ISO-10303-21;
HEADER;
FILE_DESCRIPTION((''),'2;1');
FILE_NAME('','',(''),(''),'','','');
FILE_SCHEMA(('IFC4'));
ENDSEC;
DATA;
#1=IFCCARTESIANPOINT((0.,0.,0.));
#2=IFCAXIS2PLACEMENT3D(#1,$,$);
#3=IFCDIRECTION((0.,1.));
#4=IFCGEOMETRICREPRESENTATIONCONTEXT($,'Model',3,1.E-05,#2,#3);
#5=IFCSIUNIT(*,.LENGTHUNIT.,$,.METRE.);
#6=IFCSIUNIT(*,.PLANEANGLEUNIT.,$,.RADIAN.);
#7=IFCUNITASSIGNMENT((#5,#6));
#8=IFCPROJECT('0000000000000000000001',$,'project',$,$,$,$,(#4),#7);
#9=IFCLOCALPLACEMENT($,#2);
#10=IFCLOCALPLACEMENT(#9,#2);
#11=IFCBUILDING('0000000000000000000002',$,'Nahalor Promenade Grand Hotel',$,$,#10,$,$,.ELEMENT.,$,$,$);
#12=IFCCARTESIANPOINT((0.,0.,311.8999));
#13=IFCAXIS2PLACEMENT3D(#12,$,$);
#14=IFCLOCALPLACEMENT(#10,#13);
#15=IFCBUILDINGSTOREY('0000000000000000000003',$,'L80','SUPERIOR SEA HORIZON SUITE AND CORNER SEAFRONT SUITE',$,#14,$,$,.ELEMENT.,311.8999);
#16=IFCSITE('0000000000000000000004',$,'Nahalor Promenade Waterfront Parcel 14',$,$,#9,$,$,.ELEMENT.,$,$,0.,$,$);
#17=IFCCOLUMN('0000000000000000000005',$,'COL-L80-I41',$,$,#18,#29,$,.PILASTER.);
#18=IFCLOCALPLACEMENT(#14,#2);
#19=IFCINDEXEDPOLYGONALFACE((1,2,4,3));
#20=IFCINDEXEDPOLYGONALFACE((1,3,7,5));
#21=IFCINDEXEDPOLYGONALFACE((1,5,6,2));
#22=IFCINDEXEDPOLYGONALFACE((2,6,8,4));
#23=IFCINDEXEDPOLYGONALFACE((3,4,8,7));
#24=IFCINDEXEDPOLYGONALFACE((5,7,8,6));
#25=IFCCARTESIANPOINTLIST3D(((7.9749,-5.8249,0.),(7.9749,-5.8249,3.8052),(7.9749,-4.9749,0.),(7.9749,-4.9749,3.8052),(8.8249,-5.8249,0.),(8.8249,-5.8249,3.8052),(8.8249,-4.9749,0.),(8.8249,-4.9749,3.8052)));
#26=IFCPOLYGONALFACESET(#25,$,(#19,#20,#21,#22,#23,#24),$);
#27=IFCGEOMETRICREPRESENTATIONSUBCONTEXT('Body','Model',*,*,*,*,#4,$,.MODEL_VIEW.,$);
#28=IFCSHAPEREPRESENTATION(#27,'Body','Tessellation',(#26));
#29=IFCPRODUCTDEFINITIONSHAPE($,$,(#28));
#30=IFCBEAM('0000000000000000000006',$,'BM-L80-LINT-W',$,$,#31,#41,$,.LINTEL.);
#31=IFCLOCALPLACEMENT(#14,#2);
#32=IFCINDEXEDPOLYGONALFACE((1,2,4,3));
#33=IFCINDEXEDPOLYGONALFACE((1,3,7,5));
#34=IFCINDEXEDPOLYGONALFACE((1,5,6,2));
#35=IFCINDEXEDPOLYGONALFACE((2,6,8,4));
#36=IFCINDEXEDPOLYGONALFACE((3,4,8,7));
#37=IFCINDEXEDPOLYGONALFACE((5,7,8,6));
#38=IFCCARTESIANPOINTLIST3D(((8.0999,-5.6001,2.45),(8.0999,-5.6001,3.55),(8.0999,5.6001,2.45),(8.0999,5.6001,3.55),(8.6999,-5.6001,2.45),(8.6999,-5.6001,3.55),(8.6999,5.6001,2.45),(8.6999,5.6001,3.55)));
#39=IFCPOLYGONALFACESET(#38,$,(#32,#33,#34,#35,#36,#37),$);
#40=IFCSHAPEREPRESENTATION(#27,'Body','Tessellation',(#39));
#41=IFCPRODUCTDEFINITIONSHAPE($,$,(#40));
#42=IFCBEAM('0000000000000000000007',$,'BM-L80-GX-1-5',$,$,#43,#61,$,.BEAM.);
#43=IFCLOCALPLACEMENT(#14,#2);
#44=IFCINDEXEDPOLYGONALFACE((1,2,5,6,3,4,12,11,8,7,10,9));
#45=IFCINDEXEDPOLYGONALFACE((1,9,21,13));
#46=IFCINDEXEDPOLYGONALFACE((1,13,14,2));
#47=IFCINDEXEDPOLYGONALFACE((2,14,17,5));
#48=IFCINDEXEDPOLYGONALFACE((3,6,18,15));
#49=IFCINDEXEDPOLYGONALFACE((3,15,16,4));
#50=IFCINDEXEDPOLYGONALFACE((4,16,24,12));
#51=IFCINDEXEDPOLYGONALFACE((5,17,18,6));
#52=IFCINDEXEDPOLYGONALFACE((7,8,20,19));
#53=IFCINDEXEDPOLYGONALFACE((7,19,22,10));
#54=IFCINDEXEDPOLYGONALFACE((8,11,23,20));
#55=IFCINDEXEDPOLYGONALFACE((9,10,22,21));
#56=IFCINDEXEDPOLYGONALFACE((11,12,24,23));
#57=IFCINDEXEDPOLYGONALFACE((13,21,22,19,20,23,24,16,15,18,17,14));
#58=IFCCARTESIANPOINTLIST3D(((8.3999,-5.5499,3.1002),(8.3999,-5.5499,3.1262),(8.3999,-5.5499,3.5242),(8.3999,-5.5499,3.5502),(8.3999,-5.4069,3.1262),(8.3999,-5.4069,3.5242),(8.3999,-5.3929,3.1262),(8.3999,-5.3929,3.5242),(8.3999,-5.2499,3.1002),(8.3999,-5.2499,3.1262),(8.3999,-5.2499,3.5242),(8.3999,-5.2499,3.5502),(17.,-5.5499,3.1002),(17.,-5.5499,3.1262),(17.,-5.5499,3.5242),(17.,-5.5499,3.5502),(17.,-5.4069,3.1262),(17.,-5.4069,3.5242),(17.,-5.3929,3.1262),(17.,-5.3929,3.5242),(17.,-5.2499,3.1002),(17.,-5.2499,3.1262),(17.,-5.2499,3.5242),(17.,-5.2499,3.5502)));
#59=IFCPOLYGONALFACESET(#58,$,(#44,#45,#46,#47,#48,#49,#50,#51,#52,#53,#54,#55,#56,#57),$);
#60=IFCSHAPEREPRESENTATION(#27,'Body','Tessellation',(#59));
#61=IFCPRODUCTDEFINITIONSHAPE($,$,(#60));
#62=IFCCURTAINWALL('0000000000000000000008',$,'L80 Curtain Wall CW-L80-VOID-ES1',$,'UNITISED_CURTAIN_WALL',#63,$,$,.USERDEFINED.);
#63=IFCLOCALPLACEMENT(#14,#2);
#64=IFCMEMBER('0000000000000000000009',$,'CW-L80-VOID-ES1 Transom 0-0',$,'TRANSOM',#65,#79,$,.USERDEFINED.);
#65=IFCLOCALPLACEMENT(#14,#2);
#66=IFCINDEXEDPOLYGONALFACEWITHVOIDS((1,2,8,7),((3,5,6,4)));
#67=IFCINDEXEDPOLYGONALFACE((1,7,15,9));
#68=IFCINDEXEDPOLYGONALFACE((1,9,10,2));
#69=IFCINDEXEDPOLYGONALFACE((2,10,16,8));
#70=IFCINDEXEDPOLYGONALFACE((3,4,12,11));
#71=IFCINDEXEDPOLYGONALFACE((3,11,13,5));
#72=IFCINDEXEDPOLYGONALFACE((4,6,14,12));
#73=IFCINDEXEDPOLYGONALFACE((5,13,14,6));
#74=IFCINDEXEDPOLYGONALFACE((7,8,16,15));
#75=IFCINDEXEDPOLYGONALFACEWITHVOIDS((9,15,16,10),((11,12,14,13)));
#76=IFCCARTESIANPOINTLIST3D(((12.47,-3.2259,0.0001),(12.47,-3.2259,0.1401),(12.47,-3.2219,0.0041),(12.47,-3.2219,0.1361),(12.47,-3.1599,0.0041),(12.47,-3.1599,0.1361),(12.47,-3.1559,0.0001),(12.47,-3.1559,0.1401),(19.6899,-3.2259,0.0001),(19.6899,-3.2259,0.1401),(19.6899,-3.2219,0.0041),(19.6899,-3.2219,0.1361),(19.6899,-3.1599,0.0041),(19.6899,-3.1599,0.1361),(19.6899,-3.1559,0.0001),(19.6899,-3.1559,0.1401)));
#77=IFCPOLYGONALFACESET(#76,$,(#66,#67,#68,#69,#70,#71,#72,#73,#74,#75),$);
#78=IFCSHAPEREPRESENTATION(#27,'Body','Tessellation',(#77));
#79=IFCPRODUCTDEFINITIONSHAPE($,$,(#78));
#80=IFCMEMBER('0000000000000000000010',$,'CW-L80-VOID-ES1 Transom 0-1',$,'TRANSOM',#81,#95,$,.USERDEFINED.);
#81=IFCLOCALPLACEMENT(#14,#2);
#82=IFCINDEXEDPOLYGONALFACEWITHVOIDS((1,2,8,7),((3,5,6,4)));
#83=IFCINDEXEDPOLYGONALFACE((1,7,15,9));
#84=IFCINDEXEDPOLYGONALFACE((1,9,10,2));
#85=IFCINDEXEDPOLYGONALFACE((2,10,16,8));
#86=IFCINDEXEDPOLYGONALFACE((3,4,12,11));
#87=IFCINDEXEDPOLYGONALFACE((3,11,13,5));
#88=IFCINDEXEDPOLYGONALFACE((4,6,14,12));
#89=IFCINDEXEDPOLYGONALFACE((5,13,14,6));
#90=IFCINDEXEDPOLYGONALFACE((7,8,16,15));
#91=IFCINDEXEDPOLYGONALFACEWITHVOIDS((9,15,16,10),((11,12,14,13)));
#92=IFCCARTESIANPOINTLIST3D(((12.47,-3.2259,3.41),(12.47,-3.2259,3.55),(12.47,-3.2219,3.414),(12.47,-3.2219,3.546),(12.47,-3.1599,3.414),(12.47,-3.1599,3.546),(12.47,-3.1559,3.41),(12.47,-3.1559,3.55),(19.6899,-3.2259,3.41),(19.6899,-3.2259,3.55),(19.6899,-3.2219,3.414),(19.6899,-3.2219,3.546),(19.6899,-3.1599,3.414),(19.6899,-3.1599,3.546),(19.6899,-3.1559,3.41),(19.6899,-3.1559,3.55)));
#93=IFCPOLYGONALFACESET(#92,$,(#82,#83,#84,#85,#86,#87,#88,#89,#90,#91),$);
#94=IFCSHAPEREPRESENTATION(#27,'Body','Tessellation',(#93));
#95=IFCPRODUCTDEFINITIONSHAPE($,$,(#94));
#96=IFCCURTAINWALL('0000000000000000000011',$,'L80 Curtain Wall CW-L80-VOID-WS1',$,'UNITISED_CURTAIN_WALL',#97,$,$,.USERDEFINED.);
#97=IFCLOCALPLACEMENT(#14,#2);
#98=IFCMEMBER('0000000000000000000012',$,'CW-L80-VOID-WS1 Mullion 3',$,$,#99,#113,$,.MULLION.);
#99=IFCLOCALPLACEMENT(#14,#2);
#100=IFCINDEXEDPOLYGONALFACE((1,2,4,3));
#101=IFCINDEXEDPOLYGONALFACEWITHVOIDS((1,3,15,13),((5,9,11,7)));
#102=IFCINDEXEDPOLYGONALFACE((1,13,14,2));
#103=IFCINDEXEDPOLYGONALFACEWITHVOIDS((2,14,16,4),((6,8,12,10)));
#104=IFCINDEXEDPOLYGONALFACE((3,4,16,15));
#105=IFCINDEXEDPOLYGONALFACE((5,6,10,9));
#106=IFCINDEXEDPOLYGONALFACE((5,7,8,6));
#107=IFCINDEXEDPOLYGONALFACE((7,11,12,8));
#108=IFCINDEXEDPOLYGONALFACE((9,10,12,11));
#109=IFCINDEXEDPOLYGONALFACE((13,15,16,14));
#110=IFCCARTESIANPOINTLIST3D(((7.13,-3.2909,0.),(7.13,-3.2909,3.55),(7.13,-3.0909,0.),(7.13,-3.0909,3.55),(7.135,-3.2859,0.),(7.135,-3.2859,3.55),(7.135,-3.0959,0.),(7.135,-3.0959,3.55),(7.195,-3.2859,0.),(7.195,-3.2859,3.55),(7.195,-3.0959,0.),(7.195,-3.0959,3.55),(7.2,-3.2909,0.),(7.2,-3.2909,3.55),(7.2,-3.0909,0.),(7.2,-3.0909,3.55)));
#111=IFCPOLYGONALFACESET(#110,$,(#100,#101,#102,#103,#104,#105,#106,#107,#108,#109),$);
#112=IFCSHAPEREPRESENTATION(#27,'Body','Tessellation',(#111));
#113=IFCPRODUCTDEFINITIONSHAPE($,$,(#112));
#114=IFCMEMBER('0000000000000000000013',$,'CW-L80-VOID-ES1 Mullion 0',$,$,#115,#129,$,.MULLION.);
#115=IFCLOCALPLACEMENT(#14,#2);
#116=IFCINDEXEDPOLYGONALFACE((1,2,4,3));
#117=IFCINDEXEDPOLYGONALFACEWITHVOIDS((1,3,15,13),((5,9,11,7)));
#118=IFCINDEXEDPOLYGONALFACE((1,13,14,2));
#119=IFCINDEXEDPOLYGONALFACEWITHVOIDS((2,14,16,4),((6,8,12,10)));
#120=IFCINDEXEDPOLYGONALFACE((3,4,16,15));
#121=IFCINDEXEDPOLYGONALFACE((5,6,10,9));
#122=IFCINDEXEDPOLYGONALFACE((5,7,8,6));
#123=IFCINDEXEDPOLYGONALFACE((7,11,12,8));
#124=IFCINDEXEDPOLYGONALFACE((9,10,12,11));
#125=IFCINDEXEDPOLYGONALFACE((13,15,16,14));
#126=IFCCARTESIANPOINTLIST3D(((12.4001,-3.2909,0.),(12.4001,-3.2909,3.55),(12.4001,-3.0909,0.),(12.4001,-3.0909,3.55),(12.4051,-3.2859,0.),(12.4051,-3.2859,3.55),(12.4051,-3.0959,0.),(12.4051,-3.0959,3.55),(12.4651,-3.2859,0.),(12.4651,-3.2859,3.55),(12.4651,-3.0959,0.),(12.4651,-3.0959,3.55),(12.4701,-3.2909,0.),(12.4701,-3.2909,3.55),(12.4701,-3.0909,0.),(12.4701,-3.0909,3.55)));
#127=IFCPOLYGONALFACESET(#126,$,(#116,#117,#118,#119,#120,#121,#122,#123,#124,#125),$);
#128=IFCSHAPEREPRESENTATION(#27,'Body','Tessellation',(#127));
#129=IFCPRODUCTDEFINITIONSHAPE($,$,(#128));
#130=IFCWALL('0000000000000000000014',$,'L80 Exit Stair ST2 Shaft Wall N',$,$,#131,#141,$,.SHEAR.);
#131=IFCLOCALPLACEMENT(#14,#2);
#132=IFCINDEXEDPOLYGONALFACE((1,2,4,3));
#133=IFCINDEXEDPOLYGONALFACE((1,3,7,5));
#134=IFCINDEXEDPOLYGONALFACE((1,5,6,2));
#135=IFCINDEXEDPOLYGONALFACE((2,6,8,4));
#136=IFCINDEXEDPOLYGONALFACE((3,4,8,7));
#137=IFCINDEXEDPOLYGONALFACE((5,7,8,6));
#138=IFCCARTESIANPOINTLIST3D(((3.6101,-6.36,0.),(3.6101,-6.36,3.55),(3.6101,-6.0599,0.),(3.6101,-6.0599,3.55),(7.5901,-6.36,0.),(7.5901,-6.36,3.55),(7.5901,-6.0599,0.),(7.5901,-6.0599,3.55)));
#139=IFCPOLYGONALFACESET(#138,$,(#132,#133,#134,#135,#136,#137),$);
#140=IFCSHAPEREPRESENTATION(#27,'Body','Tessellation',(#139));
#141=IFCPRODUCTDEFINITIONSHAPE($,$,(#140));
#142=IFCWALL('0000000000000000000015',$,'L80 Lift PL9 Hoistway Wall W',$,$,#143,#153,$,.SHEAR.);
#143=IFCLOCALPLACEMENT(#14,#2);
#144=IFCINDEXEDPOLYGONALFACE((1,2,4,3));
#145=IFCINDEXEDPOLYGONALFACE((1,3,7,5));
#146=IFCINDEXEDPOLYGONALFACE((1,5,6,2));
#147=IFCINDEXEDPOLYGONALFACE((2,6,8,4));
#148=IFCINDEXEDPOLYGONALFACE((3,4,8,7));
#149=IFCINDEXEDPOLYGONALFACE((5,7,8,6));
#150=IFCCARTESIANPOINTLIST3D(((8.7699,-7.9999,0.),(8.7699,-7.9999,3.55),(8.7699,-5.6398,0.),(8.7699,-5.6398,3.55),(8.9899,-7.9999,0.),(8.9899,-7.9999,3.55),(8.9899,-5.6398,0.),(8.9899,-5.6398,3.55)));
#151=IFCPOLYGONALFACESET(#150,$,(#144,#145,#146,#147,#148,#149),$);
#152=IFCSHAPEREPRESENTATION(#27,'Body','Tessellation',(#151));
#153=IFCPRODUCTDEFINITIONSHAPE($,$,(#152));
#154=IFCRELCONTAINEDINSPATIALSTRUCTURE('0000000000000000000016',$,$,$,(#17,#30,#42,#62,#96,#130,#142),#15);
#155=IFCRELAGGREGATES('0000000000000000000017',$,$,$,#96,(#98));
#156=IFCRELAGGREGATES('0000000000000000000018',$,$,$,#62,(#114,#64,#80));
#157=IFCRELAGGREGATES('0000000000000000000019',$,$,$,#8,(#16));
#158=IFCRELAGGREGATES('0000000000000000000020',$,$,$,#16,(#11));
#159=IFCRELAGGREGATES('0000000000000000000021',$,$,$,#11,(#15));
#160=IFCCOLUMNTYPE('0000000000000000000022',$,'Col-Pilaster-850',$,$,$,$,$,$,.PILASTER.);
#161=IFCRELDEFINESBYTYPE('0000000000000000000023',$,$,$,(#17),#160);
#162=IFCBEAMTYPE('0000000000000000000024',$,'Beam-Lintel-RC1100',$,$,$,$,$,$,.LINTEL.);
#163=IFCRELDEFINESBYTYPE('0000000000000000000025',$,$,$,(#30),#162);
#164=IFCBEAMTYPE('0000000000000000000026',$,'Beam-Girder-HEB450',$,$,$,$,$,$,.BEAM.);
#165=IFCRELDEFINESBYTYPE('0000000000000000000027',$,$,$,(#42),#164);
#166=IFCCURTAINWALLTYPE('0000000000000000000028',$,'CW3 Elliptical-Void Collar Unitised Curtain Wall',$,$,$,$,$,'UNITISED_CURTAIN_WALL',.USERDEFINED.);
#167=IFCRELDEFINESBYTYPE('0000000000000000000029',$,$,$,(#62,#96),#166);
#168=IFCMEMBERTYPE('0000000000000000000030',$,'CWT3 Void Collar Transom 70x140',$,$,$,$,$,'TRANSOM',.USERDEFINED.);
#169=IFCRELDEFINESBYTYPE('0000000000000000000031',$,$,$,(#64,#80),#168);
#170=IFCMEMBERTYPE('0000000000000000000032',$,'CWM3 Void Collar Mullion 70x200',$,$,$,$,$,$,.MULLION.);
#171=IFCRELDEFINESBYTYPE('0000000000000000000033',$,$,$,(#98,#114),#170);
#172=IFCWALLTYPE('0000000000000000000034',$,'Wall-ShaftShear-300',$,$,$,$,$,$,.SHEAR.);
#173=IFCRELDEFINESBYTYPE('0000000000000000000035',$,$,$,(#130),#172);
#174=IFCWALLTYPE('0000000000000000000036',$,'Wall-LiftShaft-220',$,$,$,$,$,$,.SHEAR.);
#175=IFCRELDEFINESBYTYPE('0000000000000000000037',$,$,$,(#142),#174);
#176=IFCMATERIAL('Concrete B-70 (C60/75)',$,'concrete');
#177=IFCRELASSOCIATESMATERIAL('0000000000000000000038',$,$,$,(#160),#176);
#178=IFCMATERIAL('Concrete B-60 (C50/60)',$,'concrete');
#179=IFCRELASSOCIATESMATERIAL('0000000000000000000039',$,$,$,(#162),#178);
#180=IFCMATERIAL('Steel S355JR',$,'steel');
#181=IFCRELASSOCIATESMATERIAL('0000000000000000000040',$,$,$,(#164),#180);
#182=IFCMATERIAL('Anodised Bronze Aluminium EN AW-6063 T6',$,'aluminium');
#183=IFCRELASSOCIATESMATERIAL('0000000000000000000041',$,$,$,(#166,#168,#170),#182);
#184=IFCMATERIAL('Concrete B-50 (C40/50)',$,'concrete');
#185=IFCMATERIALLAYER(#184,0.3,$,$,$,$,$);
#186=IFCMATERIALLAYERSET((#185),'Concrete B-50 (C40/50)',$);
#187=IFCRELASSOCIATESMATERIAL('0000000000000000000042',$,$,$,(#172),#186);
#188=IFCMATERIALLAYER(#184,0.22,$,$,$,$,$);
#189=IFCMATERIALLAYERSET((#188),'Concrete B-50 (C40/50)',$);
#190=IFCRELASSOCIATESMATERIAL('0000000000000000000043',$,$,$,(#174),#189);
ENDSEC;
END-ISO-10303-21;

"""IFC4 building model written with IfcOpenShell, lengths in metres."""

from ifc_helpers import new_model, si_unit, direction, frame, frame_2d, origin, origin_2d, place, context, subcontext, project, spatial, rectangle, hollow_rectangle, i_section, extrude, source, transform, mapped, material, layer, layer_set, material_profile, profile_set, type_object, element, aggregate, save


model = new_model("IFC4")

# Units and contexts
model_context = context("Model", 3, precision=1e-05, world=origin(), true_north=direction((0.0, 1.0)))
body_context = subcontext(model_context, "Body", "Model", "MODEL_VIEW")
ifc_project = project(units=[si_unit("LENGTHUNIT", "METRE"), si_unit("PLANEANGLEUNIT", "RADIAN")], contexts=[model_context])

# Site, building, storey
site_placement = place(None, origin())
site = spatial("IfcSite", under=ifc_project, at=site_placement, Name="Nahalor Promenade Waterfront Parcel 14", CompositionType="ELEMENT", RefElevation=0.0)
building_placement = place(site_placement, origin())
building = spatial("IfcBuilding", under=site, at=building_placement, Name="Nahalor Promenade Grand Hotel", CompositionType="ELEMENT")
storey_placement = place(building_placement, frame((0.0, 0.0, 311.8999)))
storey = spatial("IfcBuildingStorey", under=building, at=storey_placement, Name="L80", Description="SUPERIOR SEA HORIZON SUITE AND CORNER SEAFRONT SUITE", CompositionType="ELEMENT", Elevation=311.8999)

# Column
ifc_material_1 = material(Name="Concrete B-70 (C60/75)", Category="concrete")
ifc_material_profile_1 = material_profile(ifc_material_1, rectangle(XDim=0.85, YDim=0.85, at=origin_2d()), Name="RC 850x850")
ifc_profile_set_1 = profile_set([ifc_material_profile_1], Name="Concrete B-70 (C60/75)")
column_type = type_object("IfcColumnType", Name="Col-Pilaster-850", PredefinedType="PILASTER", material=ifc_profile_set_1)
shared_shape_1 = source(origin(), body_context, "Body", "SweptSolid", [
    extrude(rectangle(XDim=0.85, YDim=0.85, at=origin_2d()), origin(), (0.0, 0.0, 1.0), 3.8052),
])
column_placement = place(storey_placement, frame((8.3999, -5.3999, 0.0), z_axis=(0.0, 0.0, 1.0), x_axis=(1.0, 0.0, 0.0)))
element("IfcColumn", 1, at=column_placement, inside=storey, type_object=column_type, Name="COL-L80-I41", PredefinedType="PILASTER", context=body_context, shape_type="MappedRepresentation", body=[
    mapped(shared_shape_1, transform((0.0, 0.0, 0.0), scale=1.0)),
])

# Beams
ifc_material_2 = material(Name="Concrete B-60 (C50/60)", Category="concrete")
ifc_material_profile_2 = material_profile(ifc_material_2, rectangle(XDim=0.6, YDim=1.1, at=origin_2d()), Name="RC 600x1100")
ifc_profile_set_2 = profile_set([ifc_material_profile_2], Name="Concrete B-60 (C50/60)")
beam_type_1 = type_object("IfcBeamType", Name="Beam-Lintel-RC1100", PredefinedType="LINTEL", material=ifc_profile_set_2)
shared_shape_2 = source(origin(), body_context, "Body", "SweptSolid", [
    extrude(rectangle(XDim=0.6, YDim=1.1, at=origin_2d()), origin(), (0.0, 0.0, 1.0), 11.2002),
])
beam_1_placement = place(storey_placement, frame((8.3999, -5.6001, 3.0), z_axis=(0.0, 1.0, 0.0), x_axis=(-1.0, 0.0, 0.0)))
element("IfcBeam", 2, at=beam_1_placement, inside=storey, type_object=beam_type_1, Name="BM-L80-LINT-W", PredefinedType="LINTEL", context=body_context, shape_type="MappedRepresentation", body=[
    mapped(shared_shape_2, transform((0.0, 0.0, 0.0), scale=1.0)),
])
ifc_material_3 = material(Name="Steel S355JR", Category="steel")
ifc_material_profile_3 = material_profile(ifc_material_3, i_section(OverallWidth=0.3, OverallDepth=0.45, WebThickness=0.014, FlangeThickness=0.026, at=origin_2d()), Name="HEB 450")
ifc_profile_set_3 = profile_set([ifc_material_profile_3], Name="Steel S355JR")
beam_type_2 = type_object("IfcBeamType", Name="Beam-Girder-HEB450", PredefinedType="BEAM", material=ifc_profile_set_3)
shared_shape_3 = source(origin(), body_context, "Body", "SweptSolid", [
    extrude(i_section(OverallWidth=0.3, OverallDepth=0.45, WebThickness=0.014, FlangeThickness=0.026, at=origin_2d()), origin(), (0.0, 0.0, 1.0), 8.6001),
])
beam_2_placement = place(storey_placement, frame((8.3999, -5.3999, 3.3252), z_axis=(1.0, 0.0, 0.0), x_axis=(0.0, 1.0, 0.0)))
element("IfcBeam", 3, at=beam_2_placement, inside=storey, type_object=beam_type_2, Name="BM-L80-GX-1-5", PredefinedType="BEAM", context=body_context, shape_type="MappedRepresentation", body=[
    mapped(shared_shape_3, transform((0.0, 0.0, 0.0), scale=1.0)),
])

# Curtain wall, members
ifc_material_4 = material(Name="Anodised Bronze Aluminium EN AW-6063 T6", Category="aluminium")
curtain_wall_type = type_object("IfcCurtainWallType", Name="CW3 Elliptical-Void Collar Unitised Curtain Wall", ElementType="UNITISED_CURTAIN_WALL", PredefinedType="USERDEFINED", material=ifc_material_4)
curtain_wall_1_placement = place(storey_placement, origin())
curtain_wall_1 = element("IfcCurtainWall", 4, at=curtain_wall_1_placement, inside=storey, type_object=curtain_wall_type, Name="L80 Curtain Wall CW-L80-VOID-ES1", ObjectType="UNITISED_CURTAIN_WALL", PredefinedType="USERDEFINED")
ifc_material_profile_4 = material_profile(ifc_material_4, hollow_rectangle(XDim=0.07, YDim=0.14, WallThickness=0.004, at=origin_2d()), Name="CWT 70x140x4")
ifc_profile_set_4 = profile_set([ifc_material_profile_4], Name="Anodised Bronze Aluminium EN AW-6063 T6")
member_type_1 = type_object("IfcMemberType", Name="CWT3 Void Collar Transom 70x140", ElementType="TRANSOM", PredefinedType="USERDEFINED", material=ifc_profile_set_4)
shared_shape_4 = source(origin(), body_context, "Body", "SweptSolid", [
    extrude(hollow_rectangle(XDim=0.07, YDim=0.14, WallThickness=0.004, at=origin_2d()), origin(), (0.0, 0.0, 1.0), 7.22),
])
member_1_placement = place(storey_placement, frame((12.47, -3.1909, 0.0701), z_axis=(1.0, 0.0, 0.0), x_axis=(0.0, 1.0, 0.0)))
member_1 = element("IfcMember", 5, at=member_1_placement, type_object=member_type_1, Name="CW-L80-VOID-ES1 Transom 0-0", ObjectType="TRANSOM", PredefinedType="USERDEFINED", context=body_context, shape_type="MappedRepresentation", body=[
    mapped(shared_shape_4, transform((0.0, 0.0, 0.0), scale=1.0)),
])
member_2_placement = place(storey_placement, frame((12.47, -3.1909, 3.48), z_axis=(1.0, 0.0, 0.0), x_axis=(0.0, 1.0, 0.0)))
member_2 = element("IfcMember", 6, at=member_2_placement, type_object=member_type_1, Name="CW-L80-VOID-ES1 Transom 0-1", ObjectType="TRANSOM", PredefinedType="USERDEFINED", context=body_context, shape_type="MappedRepresentation", body=[
    mapped(shared_shape_4, transform((0.0, 0.0, 0.0), scale=1.0)),
])

# Curtain wall, member
curtain_wall_2_placement = place(storey_placement, origin())
curtain_wall_2 = element("IfcCurtainWall", 7, at=curtain_wall_2_placement, inside=storey, type_object=curtain_wall_type, Name="L80 Curtain Wall CW-L80-VOID-WS1", ObjectType="UNITISED_CURTAIN_WALL", PredefinedType="USERDEFINED")
ifc_material_profile_5 = material_profile(ifc_material_4, hollow_rectangle(XDim=0.07, YDim=0.2, WallThickness=0.005, at=origin_2d()), Name="CWM 70x200x5")
ifc_profile_set_5 = profile_set([ifc_material_profile_5], Name="Anodised Bronze Aluminium EN AW-6063 T6")
member_type_2 = type_object("IfcMemberType", Name="CWM3 Void Collar Mullion 70x200", PredefinedType="MULLION", material=ifc_profile_set_5)
shared_shape_5 = source(origin(), body_context, "Body", "SweptSolid", [
    extrude(hollow_rectangle(XDim=0.07, YDim=0.2, WallThickness=0.005, at=origin_2d()), origin(), (0.0, 0.0, 1.0), 3.55),
])
member_3_placement = place(storey_placement, frame((7.165, -3.1909, 0.0), z_axis=(0.0, 0.0, 1.0), x_axis=(1.0, 0.0, 0.0)))
member_3 = element("IfcMember", 8, at=member_3_placement, type_object=member_type_2, Name="CW-L80-VOID-WS1 Mullion 3", PredefinedType="MULLION", context=body_context, shape_type="MappedRepresentation", body=[
    mapped(shared_shape_5, transform((0.0, 0.0, 0.0), scale=1.0)),
])
aggregate(curtain_wall_2, [member_3])

# Member
member_4_placement = place(storey_placement, frame((12.4351, -3.1909, 0.0), z_axis=(0.0, 0.0, 1.0), x_axis=(1.0, 0.0, 0.0)))
member_4 = element("IfcMember", 9, at=member_4_placement, type_object=member_type_2, Name="CW-L80-VOID-ES1 Mullion 0", PredefinedType="MULLION", context=body_context, shape_type="MappedRepresentation", body=[
    mapped(shared_shape_5, transform((0.0, 0.0, 0.0), scale=1.0)),
])
aggregate(curtain_wall_1, [member_4, member_1, member_2])

# Walls
ifc_material_5 = material(Name="Concrete B-50 (C40/50)", Category="concrete")
ifc_layer_1 = layer(ifc_material_5, 0.3)
ifc_layer_set_1 = layer_set([ifc_layer_1], Name="Concrete B-50 (C40/50)")
wall_type_1 = type_object("IfcWallType", Name="Wall-ShaftShear-300", PredefinedType="SHEAR", material=ifc_layer_set_1)
shared_shape_6 = source(origin(), body_context, "Body", "SweptSolid", [
    extrude(rectangle(XDim=3.98, YDim=0.3, at=frame_2d((1.99, 0.0))), origin(), (0.0, 0.0, 1.0), 3.55),
])
wall_1_placement = place(storey_placement, frame((3.6101, -6.21, 0.0), z_axis=(0.0, 0.0, 1.0), x_axis=(1.0, 0.0, 0.0)))
element("IfcWall", 10, at=wall_1_placement, inside=storey, type_object=wall_type_1, Name="L80 Exit Stair ST2 Shaft Wall N", PredefinedType="SHEAR", context=body_context, shape_type="MappedRepresentation", body=[
    mapped(shared_shape_6, transform((0.0, 0.0, 0.0), scale=1.0)),
])
ifc_layer_2 = layer(ifc_material_5, 0.22)
ifc_layer_set_2 = layer_set([ifc_layer_2], Name="Concrete B-50 (C40/50)")
wall_type_2 = type_object("IfcWallType", Name="Wall-LiftShaft-220", PredefinedType="SHEAR", material=ifc_layer_set_2)
shared_shape_7 = source(origin(), body_context, "Body", "SweptSolid", [
    extrude(rectangle(XDim=2.3601, YDim=0.22, at=frame_2d((1.1802, 0.0))), origin(), (0.0, 0.0, 1.0), 3.55),
])
wall_2_placement = place(storey_placement, frame((8.8799, -8.0, 0.0), z_axis=(0.0, 0.0, 1.0), x_axis=(0.0, 1.0, 0.0)))
element("IfcWall", 11, at=wall_2_placement, inside=storey, type_object=wall_type_2, Name="L80 Lift PL9 Hoistway Wall W", PredefinedType="SHEAR", context=body_context, shape_type="MappedRepresentation", body=[
    mapped(shared_shape_7, transform((0.0, 0.0, 0.0), scale=1.0)),
])

save(model, "model.ifc")
